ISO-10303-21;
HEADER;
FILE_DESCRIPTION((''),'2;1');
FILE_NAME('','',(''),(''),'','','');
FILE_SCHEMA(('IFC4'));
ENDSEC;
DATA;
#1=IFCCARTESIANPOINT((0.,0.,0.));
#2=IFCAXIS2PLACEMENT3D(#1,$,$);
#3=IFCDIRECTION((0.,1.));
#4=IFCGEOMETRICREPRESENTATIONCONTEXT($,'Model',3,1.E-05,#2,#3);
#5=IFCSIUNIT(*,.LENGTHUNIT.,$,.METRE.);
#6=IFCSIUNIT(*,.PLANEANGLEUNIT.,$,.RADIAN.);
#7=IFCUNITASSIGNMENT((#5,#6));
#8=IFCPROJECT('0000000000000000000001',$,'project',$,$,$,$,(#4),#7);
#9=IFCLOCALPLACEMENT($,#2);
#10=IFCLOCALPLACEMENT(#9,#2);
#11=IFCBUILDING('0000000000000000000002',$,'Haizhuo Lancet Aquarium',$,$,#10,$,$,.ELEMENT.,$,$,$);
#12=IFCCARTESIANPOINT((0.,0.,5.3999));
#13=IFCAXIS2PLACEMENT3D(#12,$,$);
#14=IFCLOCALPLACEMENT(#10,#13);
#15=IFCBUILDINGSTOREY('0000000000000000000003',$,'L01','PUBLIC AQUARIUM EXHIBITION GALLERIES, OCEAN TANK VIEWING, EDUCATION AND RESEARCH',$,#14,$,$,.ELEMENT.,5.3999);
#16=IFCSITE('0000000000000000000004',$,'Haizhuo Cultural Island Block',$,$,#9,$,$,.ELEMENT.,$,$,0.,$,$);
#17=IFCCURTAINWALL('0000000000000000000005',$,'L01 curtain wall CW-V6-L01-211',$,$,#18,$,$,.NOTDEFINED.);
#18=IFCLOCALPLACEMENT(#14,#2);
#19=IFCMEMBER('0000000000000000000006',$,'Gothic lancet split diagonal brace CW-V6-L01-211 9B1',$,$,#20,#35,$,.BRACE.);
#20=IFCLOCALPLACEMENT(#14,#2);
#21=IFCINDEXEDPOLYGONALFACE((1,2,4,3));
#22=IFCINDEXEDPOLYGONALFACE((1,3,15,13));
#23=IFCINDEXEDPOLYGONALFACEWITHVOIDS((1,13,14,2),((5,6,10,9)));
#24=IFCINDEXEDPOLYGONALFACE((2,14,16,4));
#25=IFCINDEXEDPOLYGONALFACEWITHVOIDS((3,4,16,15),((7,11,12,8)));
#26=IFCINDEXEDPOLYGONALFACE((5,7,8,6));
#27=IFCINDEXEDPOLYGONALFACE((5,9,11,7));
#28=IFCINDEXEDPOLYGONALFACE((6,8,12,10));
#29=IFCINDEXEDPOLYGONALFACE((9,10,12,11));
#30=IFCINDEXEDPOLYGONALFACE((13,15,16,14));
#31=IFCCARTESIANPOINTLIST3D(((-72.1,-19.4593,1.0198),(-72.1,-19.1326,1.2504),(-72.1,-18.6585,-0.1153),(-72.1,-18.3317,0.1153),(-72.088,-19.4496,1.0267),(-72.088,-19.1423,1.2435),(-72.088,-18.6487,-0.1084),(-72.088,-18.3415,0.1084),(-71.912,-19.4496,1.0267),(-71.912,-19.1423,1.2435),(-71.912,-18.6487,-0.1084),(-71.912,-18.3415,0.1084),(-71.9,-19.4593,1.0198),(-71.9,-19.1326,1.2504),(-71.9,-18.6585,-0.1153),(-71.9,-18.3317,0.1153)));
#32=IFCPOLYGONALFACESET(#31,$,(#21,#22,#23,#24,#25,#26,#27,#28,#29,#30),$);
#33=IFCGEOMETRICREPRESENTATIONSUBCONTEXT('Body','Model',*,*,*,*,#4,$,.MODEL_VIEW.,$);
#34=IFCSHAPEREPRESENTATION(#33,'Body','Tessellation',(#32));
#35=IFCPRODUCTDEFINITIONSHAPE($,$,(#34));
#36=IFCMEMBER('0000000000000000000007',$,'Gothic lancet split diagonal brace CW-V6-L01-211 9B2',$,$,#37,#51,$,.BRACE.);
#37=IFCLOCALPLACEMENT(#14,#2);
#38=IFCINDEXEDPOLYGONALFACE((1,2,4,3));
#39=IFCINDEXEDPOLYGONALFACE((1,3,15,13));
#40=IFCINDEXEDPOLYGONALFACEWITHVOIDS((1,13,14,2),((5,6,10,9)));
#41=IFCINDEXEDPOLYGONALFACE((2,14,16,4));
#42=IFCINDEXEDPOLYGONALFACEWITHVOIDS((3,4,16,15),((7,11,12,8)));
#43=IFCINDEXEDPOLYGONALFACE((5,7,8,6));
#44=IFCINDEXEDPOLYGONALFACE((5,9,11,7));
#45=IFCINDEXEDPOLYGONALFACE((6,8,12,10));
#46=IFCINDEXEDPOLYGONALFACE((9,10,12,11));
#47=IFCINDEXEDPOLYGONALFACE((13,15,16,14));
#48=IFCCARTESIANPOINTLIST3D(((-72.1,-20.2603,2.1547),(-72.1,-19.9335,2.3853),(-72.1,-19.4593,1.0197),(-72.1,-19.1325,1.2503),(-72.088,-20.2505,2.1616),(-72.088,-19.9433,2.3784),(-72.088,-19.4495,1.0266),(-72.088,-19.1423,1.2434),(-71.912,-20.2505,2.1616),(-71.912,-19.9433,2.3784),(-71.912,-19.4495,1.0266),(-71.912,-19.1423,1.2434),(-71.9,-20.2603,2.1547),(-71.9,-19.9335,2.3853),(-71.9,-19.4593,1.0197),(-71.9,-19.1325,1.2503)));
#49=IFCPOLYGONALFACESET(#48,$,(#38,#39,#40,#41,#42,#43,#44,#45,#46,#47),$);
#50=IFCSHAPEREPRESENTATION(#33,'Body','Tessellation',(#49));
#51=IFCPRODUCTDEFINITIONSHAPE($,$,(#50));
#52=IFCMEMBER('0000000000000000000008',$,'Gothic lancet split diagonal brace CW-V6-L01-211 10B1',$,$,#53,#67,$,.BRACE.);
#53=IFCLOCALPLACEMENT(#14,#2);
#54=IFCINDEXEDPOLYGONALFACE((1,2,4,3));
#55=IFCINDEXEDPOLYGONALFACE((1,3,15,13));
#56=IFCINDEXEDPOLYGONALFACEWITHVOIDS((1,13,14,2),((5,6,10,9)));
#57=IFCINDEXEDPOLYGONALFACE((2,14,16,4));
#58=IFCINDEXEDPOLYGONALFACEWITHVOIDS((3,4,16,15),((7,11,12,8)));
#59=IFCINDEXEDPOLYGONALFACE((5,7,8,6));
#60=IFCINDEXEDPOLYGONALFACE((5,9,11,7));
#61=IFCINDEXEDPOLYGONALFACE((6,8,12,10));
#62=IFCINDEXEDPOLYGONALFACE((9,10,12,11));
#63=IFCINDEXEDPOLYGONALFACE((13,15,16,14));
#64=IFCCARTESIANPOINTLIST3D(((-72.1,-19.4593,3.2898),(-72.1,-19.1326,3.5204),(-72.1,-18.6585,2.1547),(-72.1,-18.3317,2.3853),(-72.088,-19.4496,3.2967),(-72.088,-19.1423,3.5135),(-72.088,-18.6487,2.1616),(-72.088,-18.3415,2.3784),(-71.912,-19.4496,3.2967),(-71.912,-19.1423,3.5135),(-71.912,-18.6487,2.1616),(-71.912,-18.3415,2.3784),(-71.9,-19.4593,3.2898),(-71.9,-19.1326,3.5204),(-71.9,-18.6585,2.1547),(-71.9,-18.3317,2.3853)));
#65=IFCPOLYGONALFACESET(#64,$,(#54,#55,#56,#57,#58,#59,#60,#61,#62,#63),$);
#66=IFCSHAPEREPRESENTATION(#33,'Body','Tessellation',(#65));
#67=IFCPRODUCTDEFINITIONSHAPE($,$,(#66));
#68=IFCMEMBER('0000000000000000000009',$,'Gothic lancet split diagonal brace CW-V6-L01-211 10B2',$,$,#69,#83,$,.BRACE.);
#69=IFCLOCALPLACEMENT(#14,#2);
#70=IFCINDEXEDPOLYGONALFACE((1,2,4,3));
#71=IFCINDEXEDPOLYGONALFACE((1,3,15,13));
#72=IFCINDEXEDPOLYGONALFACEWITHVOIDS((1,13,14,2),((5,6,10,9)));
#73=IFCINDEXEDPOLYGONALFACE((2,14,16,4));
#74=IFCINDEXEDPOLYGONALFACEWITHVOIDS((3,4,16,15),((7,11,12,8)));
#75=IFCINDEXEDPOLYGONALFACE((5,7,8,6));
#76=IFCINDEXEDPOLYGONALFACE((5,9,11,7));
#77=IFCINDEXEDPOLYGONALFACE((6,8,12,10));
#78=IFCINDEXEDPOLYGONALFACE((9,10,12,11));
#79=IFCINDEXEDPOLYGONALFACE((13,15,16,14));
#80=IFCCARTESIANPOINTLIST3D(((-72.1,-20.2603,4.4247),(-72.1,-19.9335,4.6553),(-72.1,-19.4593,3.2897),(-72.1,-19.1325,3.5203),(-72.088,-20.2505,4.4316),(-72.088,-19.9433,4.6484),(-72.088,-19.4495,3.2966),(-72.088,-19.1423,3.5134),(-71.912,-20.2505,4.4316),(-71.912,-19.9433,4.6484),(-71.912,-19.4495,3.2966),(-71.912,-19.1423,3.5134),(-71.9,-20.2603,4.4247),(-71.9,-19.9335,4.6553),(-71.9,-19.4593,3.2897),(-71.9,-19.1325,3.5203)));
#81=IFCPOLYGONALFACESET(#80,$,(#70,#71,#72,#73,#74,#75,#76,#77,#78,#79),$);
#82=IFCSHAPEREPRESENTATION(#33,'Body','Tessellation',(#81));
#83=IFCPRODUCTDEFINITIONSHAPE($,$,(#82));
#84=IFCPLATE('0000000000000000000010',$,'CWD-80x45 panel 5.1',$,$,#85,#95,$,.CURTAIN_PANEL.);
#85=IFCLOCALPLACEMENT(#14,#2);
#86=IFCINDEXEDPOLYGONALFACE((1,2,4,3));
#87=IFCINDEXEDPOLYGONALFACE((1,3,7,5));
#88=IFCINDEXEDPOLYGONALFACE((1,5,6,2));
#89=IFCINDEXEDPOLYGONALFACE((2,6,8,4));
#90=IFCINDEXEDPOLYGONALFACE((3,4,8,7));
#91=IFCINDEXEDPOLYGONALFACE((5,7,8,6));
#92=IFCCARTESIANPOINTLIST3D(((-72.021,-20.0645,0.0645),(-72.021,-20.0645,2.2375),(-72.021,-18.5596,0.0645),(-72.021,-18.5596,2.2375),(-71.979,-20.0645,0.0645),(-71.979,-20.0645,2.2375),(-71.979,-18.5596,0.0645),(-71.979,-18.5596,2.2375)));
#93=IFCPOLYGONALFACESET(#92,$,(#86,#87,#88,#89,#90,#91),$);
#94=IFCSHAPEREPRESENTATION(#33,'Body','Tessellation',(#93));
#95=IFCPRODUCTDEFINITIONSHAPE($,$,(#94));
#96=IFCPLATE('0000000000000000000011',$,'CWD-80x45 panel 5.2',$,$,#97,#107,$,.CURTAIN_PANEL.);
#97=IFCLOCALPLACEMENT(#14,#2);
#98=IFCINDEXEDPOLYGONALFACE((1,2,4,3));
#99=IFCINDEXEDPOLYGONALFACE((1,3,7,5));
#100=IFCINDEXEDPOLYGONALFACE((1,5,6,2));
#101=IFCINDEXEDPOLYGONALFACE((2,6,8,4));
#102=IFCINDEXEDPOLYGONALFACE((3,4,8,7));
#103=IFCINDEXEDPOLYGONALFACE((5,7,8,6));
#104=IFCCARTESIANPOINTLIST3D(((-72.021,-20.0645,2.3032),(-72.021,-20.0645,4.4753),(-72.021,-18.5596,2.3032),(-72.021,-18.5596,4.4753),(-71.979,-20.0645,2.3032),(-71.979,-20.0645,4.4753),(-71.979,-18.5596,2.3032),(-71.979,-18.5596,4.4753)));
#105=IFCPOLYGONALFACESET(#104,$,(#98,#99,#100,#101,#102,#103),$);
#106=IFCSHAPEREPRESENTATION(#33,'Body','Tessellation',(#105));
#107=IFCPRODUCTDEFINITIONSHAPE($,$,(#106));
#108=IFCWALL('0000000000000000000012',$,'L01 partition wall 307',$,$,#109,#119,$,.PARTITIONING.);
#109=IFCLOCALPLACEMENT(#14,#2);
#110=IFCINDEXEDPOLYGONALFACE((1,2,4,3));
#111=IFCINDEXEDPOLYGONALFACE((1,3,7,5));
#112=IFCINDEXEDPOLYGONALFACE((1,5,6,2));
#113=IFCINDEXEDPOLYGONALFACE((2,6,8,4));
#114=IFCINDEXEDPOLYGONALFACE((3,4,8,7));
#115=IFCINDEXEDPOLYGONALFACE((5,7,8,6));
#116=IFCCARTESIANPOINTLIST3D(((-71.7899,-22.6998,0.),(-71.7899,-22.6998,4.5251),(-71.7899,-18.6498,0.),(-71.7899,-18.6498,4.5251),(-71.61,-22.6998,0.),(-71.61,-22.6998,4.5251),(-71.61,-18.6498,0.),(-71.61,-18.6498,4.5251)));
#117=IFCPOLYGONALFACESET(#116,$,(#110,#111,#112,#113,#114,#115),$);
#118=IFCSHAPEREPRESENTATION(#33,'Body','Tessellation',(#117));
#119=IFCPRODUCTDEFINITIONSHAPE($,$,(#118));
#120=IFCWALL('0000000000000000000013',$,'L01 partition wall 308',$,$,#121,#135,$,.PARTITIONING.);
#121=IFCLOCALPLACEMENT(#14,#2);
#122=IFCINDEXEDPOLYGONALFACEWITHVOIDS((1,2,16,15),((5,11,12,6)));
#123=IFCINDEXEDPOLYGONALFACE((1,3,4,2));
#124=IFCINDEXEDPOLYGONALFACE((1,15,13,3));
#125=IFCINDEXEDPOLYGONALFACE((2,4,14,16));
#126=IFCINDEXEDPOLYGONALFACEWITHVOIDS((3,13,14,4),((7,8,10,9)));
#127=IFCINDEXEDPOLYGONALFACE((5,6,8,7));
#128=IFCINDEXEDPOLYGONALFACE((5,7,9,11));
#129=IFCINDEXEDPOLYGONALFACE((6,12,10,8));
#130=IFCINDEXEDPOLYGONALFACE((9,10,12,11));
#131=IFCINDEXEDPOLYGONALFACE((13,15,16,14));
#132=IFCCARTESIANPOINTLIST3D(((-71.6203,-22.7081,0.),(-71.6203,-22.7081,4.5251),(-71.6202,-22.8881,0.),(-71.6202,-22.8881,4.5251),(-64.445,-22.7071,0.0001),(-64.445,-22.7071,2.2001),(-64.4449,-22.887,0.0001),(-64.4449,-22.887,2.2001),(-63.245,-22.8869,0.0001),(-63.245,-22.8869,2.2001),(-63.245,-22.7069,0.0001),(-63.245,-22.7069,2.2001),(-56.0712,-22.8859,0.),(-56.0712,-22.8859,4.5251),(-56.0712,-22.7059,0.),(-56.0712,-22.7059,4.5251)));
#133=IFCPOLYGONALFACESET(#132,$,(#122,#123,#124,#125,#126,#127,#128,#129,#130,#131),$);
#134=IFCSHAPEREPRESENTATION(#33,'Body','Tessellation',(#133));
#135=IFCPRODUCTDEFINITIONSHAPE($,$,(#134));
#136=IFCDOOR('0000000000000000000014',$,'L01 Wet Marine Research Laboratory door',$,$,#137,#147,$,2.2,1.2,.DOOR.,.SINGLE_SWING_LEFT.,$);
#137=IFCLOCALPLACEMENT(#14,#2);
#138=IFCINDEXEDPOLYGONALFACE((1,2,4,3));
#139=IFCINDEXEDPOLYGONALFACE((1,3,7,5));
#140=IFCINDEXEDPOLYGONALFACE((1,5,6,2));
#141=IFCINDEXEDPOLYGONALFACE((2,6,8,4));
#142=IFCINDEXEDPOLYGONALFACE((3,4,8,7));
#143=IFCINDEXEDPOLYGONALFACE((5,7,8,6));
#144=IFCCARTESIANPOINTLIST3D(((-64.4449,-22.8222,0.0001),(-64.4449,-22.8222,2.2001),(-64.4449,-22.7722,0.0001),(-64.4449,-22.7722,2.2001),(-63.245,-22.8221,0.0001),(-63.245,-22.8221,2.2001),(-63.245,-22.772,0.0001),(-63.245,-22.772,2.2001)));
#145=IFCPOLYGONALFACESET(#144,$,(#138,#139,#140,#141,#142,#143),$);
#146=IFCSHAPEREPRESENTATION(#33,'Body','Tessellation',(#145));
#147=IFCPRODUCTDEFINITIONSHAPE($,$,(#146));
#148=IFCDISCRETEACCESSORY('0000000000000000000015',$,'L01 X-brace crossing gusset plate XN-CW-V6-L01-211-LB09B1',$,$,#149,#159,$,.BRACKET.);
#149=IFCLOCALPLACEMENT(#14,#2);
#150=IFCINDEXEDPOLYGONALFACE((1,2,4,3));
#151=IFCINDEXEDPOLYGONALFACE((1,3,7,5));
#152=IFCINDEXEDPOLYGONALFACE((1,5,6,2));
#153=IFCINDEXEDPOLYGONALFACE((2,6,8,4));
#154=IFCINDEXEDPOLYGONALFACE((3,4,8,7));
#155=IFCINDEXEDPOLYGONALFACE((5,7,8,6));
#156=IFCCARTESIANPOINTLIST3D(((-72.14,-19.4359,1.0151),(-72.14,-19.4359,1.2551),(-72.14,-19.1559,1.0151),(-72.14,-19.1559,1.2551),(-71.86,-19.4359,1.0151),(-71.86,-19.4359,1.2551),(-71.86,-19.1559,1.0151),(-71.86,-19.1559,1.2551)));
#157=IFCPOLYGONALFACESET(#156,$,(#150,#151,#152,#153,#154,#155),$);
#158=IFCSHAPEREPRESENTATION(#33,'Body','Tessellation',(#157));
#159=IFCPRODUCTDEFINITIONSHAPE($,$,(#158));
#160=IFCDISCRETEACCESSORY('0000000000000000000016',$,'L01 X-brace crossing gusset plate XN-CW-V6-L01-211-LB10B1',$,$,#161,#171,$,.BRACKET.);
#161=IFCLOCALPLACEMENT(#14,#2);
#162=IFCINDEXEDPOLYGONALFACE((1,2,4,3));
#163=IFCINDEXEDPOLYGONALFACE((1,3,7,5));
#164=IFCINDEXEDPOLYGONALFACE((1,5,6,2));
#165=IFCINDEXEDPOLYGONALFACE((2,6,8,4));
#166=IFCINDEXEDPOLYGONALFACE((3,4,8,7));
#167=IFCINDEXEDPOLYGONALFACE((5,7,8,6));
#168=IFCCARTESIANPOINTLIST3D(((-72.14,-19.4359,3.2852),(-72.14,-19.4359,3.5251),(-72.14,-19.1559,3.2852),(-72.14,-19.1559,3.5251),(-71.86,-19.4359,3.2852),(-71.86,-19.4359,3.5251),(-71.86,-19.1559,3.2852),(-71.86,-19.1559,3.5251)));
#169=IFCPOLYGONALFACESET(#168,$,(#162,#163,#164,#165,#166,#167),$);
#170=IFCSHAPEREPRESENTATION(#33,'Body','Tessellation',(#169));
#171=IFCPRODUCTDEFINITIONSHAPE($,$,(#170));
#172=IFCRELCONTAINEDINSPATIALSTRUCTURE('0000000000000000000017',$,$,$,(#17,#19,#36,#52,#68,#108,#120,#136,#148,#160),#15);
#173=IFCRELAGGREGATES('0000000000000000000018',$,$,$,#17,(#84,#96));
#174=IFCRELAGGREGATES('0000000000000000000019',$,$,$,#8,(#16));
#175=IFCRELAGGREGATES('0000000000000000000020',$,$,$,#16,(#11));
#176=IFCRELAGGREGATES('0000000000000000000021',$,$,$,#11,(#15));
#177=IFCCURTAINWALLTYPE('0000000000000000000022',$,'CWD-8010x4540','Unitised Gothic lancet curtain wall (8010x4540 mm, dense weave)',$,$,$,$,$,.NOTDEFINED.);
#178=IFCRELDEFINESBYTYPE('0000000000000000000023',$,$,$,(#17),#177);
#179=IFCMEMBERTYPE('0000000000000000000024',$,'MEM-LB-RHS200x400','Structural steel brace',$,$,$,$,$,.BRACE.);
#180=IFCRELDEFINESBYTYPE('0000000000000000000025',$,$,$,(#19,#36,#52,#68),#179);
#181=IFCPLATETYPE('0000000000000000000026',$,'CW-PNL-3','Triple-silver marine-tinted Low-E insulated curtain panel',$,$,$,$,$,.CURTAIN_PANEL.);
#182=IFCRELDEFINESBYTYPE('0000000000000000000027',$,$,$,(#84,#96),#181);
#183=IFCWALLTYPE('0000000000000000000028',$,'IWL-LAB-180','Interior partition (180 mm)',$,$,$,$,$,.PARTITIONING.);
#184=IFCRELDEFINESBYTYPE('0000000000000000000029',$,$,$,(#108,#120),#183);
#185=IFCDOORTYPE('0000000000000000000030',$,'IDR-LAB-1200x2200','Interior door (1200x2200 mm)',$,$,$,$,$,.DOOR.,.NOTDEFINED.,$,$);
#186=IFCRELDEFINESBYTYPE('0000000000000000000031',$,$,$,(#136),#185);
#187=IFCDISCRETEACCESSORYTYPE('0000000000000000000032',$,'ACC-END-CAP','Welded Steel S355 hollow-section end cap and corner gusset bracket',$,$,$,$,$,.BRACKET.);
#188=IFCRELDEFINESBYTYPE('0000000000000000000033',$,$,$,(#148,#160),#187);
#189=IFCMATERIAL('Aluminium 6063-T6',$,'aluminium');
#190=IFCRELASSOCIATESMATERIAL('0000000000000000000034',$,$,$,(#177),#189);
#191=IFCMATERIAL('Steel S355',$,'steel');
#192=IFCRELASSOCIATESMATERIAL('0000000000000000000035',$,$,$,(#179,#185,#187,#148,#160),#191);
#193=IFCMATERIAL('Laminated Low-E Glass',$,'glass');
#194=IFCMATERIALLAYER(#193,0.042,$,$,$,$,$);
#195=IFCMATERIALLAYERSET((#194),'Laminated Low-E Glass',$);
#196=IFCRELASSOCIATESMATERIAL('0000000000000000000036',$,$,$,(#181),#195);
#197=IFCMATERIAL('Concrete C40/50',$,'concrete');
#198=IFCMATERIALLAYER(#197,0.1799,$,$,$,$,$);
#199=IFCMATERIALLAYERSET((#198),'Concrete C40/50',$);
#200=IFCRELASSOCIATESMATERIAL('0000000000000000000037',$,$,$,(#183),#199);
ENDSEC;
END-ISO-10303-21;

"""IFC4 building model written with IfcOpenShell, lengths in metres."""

from ifc_helpers import new_model, si_unit, direction, frame, frame_2d, origin, origin_2d, place, context, subcontext, project, spatial, rectangle, hollow_rectangle, extrude, material, layer, layer_set, material_profile, profile_set, type_object, element, fill, aggregate, save


model = new_model("IFC4")

# Units and contexts
model_context = context("Model", 3, precision=1e-05, world=origin(), true_north=direction((0.0, 1.0)))
body_context = subcontext(model_context, "Body", "Model", "MODEL_VIEW")
ifc_project = project(units=[si_unit("LENGTHUNIT", "METRE"), si_unit("PLANEANGLEUNIT", "RADIAN")], contexts=[model_context])

# Site, building, storey
site_placement = place(None, origin())
site = spatial("IfcSite", under=ifc_project, at=site_placement, Name="Haizhuo Cultural Island Block", CompositionType="ELEMENT", RefElevation=0.0)
building_placement = place(site_placement, origin())
building = spatial("IfcBuilding", under=site, at=building_placement, Name="Haizhuo Lancet Aquarium", CompositionType="ELEMENT")
storey_placement = place(building_placement, frame((0.0, 0.0, 5.3999)))
storey = spatial("IfcBuildingStorey", under=building, at=storey_placement, Name="L01", Description="PUBLIC AQUARIUM EXHIBITION GALLERIES, OCEAN TANK VIEWING, EDUCATION AND RESEARCH", CompositionType="ELEMENT", Elevation=5.3999)

# Shared definitions
ifc_material_1 = material(Name="Concrete C40/50", Category="concrete")

# Shared definitions
ifc_material_2 = material(Name="Steel S355", Category="steel")

# Curtain wall
ifc_material_3 = material(Name="Aluminium 6063-T6", Category="aluminium")
curtain_wall_type = type_object("IfcCurtainWallType", Name="CWD-8010x4540", Description="Unitised Gothic lancet curtain wall (8010x4540 mm, dense weave)", PredefinedType="NOTDEFINED", material=ifc_material_3)
curtain_wall_1_placement = place(storey_placement, origin())
curtain_wall_1 = element("IfcCurtainWall", 1, at=curtain_wall_1_placement, inside=storey, type_object=curtain_wall_type, Name="L01 curtain wall CW-V6-L01-211", PredefinedType="NOTDEFINED")

# Members
ifc_material_profile_1 = material_profile(ifc_material_2, hollow_rectangle(XDim=0.2, YDim=0.3999, WallThickness=0.012, at=origin_2d()), Name="RHS 200x400x12")
ifc_profile_set_1 = profile_set([ifc_material_profile_1], Name="Steel S355")
member_type_1 = type_object("IfcMemberType", Name="MEM-LB-RHS200x400", Description="Structural steel brace", PredefinedType="BRACE", material=ifc_profile_set_1)
for number, where, z_axis, x_axis, name in (
    (2, (-72.0, -18.4951, 0.0), (0.0, -0.57649, 0.817104), (1.0, 0.0, 0.0), "Gothic lancet split diagonal brace CW-V6-L01-211 9B1"),
    (3, (-72.0, -19.2959, 1.135), (0.0, -0.576607, 0.817021), (1.0, 0.0, 0.0), "Gothic lancet split diagonal brace CW-V6-L01-211 9B2"),
    (4, (-72.0, -18.4951, 2.27), (0.0, -0.57649, 0.817104), (1.0, 0.0, 0.0), "Gothic lancet split diagonal brace CW-V6-L01-211 10B1"),
    (5, (-72.0, -19.2959, 3.405), (0.0, -0.576607, 0.817021), (1.0, 0.0, 0.0), "Gothic lancet split diagonal brace CW-V6-L01-211 10B2"),
):
    element("IfcMember", number, at=place(storey_placement, frame(where, z_axis=z_axis, x_axis=x_axis)), inside=storey, type_object=member_type_1, Name=name, PredefinedType="BRACE", context=body_context, shape_type="SweptSolid", body=[
        extrude(hollow_rectangle(XDim=0.2, YDim=0.3999, WallThickness=0.012, at=origin_2d()), origin(), (0.0, 0.0, 1.0), 1.3892),
    ])

# Plates
ifc_material_4 = material(Name="Laminated Low-E Glass", Category="glass")
ifc_layer_1 = layer(ifc_material_4, 0.042)
ifc_layer_set_1 = layer_set([ifc_layer_1], Name="Laminated Low-E Glass")
plate_type = type_object("IfcPlateType", Name="CW-PNL-3", Description="Triple-silver marine-tinted Low-E insulated curtain panel", PredefinedType="CURTAIN_PANEL", material=ifc_layer_set_1)
plate_1_placement = place(storey_placement, frame((-72.0, -19.312, 0.0645), z_axis=(0.0, 0.0, 1.0), x_axis=(0.0, 1.0, 0.0)))
plate_1 = element("IfcPlate", 6, at=plate_1_placement, type_object=plate_type, Name="CWD-80x45 panel 5.1", PredefinedType="CURTAIN_PANEL", context=body_context, shape_type="SweptSolid", body=[
    extrude(rectangle(XDim=1.5049, YDim=0.042, at=origin_2d()), origin(), (0.0, 0.0, 1.0), 2.1731),
])
plate_2_placement = place(storey_placement, frame((-72.0, -19.312, 2.3032), z_axis=(0.0, 0.0, 1.0), x_axis=(0.0, 1.0, 0.0)))
plate_2 = element("IfcPlate", 7, at=plate_2_placement, type_object=plate_type, Name="CWD-80x45 panel 5.2", PredefinedType="CURTAIN_PANEL", context=body_context, shape_type="SweptSolid", body=[
    extrude(rectangle(XDim=1.5049, YDim=0.042, at=origin_2d()), origin(), (0.0, 0.0, 1.0), 2.1721),
])
aggregate(curtain_wall_1, [plate_1, plate_2])

# Wall
ifc_layer_2 = layer(ifc_material_1, 0.1799)
ifc_layer_set_2 = layer_set([ifc_layer_2], Name="Concrete C40/50")
wall_type = type_object("IfcWallType", Name="IWL-LAB-180", Description="Interior partition (180 mm)", PredefinedType="PARTITIONING", material=ifc_layer_set_2)
wall_1_placement = place(storey_placement, frame((-71.7, -18.6499, 0.0), z_axis=(0.0, 0.0, 1.0), x_axis=(0.0, -1.0, 0.0)))
element("IfcWall", 8, at=wall_1_placement, inside=storey, type_object=wall_type, Name="L01 partition wall 307", PredefinedType="PARTITIONING", context=body_context, shape_type="SweptSolid", body=[
    extrude(rectangle(XDim=4.05, YDim=0.1799, at=frame_2d((2.0249, 0.0))), origin(), (0.0, 0.0, 1.0), 4.5251),
])

# Wall, opening, door
wall_2_placement = place(storey_placement, frame((-71.6201, -22.7981, 0.0), z_axis=(0.0, 0.0, 1.0), x_axis=(1.0, 0.000141, 0.0)))
wall_2 = element("IfcWall", 9, at=wall_2_placement, inside=storey, type_object=wall_type, Name="L01 partition wall 308", PredefinedType="PARTITIONING", context=body_context, shape_type="SweptSolid", body=[
    extrude(rectangle(XDim=15.5491, YDim=0.1799, at=frame_2d((7.7744, 0.0))), origin(), (0.0, 0.0, 1.0), 4.5251),
])
opening_placement = place(wall_2_placement, frame((7.175, 0.0, 0.0)))
opening = element("IfcOpeningElement", 10, at=opening_placement, cuts=wall_2, PredefinedType="OPENING", context=body_context, shape_type="SweptSolid", body=[
    extrude(rectangle(XDim=1.2, YDim=2.2, at=frame_2d((0.6001, 1.1001))), frame((0.0, 0.0999, 0.0), z_axis=(0.0, -1.0, 0.0), x_axis=(1.0, 0.0, 0.0)), (0.0, 0.0, 1.0), 0.1999),
])
door_type = type_object("IfcDoorType", Name="IDR-LAB-1200x2200", Description="Interior door (1200x2200 mm)", OperationType="NOTDEFINED", PredefinedType="DOOR", material=ifc_material_2)
door_placement = place(opening_placement, origin())
door = element("IfcDoor", 11, at=door_placement, inside=storey, type_object=door_type, Name="L01 Wet Marine Research Laboratory door", OperationType="SINGLE_SWING_LEFT", OverallHeight=2.2, OverallWidth=1.2, PredefinedType="DOOR", context=body_context, shape_type="SweptSolid", body=[
    extrude(rectangle(XDim=1.2, YDim=2.2, at=frame_2d((0.6001, 1.1001))), frame((0.0, 0.0249, 0.0), z_axis=(0.0, -1.0, 0.0), x_axis=(1.0, 0.0, 0.0)), (0.0, 0.0, 1.0), 0.05),
])
fill(opening, door)

# Discrete accessories
discrete_accessory_type = type_object("IfcDiscreteAccessoryType", Name="ACC-END-CAP", Description="Welded Steel S355 hollow-section end cap and corner gusset bracket", PredefinedType="BRACKET", material=ifc_material_2)
for number, where, z_axis, x_axis, name in (
    (12, (-72.0, -19.2959, 1.0151), (0.0, 0.0, 1.0), (1.0, 0.0, 0.0), "L01 X-brace crossing gusset plate XN-CW-V6-L01-211-LB09B1"),
    (13, (-72.0, -19.2959, 3.2852), (0.0, 0.0, 1.0), (1.0, 0.0, 0.0), "L01 X-brace crossing gusset plate XN-CW-V6-L01-211-LB10B1"),
):
    element("IfcDiscreteAccessory", number, at=place(storey_placement, frame(where, z_axis=z_axis, x_axis=x_axis)), inside=storey, type_object=discrete_accessory_type, material=ifc_material_2, Name=name, PredefinedType="BRACKET", context=body_context, shape_type="SweptSolid", body=[
        extrude(rectangle(XDim=0.28, YDim=0.28, at=origin_2d()), origin(), (0.0, 0.0, 1.0), 0.24),
    ])

save(model, "model.ifc")
